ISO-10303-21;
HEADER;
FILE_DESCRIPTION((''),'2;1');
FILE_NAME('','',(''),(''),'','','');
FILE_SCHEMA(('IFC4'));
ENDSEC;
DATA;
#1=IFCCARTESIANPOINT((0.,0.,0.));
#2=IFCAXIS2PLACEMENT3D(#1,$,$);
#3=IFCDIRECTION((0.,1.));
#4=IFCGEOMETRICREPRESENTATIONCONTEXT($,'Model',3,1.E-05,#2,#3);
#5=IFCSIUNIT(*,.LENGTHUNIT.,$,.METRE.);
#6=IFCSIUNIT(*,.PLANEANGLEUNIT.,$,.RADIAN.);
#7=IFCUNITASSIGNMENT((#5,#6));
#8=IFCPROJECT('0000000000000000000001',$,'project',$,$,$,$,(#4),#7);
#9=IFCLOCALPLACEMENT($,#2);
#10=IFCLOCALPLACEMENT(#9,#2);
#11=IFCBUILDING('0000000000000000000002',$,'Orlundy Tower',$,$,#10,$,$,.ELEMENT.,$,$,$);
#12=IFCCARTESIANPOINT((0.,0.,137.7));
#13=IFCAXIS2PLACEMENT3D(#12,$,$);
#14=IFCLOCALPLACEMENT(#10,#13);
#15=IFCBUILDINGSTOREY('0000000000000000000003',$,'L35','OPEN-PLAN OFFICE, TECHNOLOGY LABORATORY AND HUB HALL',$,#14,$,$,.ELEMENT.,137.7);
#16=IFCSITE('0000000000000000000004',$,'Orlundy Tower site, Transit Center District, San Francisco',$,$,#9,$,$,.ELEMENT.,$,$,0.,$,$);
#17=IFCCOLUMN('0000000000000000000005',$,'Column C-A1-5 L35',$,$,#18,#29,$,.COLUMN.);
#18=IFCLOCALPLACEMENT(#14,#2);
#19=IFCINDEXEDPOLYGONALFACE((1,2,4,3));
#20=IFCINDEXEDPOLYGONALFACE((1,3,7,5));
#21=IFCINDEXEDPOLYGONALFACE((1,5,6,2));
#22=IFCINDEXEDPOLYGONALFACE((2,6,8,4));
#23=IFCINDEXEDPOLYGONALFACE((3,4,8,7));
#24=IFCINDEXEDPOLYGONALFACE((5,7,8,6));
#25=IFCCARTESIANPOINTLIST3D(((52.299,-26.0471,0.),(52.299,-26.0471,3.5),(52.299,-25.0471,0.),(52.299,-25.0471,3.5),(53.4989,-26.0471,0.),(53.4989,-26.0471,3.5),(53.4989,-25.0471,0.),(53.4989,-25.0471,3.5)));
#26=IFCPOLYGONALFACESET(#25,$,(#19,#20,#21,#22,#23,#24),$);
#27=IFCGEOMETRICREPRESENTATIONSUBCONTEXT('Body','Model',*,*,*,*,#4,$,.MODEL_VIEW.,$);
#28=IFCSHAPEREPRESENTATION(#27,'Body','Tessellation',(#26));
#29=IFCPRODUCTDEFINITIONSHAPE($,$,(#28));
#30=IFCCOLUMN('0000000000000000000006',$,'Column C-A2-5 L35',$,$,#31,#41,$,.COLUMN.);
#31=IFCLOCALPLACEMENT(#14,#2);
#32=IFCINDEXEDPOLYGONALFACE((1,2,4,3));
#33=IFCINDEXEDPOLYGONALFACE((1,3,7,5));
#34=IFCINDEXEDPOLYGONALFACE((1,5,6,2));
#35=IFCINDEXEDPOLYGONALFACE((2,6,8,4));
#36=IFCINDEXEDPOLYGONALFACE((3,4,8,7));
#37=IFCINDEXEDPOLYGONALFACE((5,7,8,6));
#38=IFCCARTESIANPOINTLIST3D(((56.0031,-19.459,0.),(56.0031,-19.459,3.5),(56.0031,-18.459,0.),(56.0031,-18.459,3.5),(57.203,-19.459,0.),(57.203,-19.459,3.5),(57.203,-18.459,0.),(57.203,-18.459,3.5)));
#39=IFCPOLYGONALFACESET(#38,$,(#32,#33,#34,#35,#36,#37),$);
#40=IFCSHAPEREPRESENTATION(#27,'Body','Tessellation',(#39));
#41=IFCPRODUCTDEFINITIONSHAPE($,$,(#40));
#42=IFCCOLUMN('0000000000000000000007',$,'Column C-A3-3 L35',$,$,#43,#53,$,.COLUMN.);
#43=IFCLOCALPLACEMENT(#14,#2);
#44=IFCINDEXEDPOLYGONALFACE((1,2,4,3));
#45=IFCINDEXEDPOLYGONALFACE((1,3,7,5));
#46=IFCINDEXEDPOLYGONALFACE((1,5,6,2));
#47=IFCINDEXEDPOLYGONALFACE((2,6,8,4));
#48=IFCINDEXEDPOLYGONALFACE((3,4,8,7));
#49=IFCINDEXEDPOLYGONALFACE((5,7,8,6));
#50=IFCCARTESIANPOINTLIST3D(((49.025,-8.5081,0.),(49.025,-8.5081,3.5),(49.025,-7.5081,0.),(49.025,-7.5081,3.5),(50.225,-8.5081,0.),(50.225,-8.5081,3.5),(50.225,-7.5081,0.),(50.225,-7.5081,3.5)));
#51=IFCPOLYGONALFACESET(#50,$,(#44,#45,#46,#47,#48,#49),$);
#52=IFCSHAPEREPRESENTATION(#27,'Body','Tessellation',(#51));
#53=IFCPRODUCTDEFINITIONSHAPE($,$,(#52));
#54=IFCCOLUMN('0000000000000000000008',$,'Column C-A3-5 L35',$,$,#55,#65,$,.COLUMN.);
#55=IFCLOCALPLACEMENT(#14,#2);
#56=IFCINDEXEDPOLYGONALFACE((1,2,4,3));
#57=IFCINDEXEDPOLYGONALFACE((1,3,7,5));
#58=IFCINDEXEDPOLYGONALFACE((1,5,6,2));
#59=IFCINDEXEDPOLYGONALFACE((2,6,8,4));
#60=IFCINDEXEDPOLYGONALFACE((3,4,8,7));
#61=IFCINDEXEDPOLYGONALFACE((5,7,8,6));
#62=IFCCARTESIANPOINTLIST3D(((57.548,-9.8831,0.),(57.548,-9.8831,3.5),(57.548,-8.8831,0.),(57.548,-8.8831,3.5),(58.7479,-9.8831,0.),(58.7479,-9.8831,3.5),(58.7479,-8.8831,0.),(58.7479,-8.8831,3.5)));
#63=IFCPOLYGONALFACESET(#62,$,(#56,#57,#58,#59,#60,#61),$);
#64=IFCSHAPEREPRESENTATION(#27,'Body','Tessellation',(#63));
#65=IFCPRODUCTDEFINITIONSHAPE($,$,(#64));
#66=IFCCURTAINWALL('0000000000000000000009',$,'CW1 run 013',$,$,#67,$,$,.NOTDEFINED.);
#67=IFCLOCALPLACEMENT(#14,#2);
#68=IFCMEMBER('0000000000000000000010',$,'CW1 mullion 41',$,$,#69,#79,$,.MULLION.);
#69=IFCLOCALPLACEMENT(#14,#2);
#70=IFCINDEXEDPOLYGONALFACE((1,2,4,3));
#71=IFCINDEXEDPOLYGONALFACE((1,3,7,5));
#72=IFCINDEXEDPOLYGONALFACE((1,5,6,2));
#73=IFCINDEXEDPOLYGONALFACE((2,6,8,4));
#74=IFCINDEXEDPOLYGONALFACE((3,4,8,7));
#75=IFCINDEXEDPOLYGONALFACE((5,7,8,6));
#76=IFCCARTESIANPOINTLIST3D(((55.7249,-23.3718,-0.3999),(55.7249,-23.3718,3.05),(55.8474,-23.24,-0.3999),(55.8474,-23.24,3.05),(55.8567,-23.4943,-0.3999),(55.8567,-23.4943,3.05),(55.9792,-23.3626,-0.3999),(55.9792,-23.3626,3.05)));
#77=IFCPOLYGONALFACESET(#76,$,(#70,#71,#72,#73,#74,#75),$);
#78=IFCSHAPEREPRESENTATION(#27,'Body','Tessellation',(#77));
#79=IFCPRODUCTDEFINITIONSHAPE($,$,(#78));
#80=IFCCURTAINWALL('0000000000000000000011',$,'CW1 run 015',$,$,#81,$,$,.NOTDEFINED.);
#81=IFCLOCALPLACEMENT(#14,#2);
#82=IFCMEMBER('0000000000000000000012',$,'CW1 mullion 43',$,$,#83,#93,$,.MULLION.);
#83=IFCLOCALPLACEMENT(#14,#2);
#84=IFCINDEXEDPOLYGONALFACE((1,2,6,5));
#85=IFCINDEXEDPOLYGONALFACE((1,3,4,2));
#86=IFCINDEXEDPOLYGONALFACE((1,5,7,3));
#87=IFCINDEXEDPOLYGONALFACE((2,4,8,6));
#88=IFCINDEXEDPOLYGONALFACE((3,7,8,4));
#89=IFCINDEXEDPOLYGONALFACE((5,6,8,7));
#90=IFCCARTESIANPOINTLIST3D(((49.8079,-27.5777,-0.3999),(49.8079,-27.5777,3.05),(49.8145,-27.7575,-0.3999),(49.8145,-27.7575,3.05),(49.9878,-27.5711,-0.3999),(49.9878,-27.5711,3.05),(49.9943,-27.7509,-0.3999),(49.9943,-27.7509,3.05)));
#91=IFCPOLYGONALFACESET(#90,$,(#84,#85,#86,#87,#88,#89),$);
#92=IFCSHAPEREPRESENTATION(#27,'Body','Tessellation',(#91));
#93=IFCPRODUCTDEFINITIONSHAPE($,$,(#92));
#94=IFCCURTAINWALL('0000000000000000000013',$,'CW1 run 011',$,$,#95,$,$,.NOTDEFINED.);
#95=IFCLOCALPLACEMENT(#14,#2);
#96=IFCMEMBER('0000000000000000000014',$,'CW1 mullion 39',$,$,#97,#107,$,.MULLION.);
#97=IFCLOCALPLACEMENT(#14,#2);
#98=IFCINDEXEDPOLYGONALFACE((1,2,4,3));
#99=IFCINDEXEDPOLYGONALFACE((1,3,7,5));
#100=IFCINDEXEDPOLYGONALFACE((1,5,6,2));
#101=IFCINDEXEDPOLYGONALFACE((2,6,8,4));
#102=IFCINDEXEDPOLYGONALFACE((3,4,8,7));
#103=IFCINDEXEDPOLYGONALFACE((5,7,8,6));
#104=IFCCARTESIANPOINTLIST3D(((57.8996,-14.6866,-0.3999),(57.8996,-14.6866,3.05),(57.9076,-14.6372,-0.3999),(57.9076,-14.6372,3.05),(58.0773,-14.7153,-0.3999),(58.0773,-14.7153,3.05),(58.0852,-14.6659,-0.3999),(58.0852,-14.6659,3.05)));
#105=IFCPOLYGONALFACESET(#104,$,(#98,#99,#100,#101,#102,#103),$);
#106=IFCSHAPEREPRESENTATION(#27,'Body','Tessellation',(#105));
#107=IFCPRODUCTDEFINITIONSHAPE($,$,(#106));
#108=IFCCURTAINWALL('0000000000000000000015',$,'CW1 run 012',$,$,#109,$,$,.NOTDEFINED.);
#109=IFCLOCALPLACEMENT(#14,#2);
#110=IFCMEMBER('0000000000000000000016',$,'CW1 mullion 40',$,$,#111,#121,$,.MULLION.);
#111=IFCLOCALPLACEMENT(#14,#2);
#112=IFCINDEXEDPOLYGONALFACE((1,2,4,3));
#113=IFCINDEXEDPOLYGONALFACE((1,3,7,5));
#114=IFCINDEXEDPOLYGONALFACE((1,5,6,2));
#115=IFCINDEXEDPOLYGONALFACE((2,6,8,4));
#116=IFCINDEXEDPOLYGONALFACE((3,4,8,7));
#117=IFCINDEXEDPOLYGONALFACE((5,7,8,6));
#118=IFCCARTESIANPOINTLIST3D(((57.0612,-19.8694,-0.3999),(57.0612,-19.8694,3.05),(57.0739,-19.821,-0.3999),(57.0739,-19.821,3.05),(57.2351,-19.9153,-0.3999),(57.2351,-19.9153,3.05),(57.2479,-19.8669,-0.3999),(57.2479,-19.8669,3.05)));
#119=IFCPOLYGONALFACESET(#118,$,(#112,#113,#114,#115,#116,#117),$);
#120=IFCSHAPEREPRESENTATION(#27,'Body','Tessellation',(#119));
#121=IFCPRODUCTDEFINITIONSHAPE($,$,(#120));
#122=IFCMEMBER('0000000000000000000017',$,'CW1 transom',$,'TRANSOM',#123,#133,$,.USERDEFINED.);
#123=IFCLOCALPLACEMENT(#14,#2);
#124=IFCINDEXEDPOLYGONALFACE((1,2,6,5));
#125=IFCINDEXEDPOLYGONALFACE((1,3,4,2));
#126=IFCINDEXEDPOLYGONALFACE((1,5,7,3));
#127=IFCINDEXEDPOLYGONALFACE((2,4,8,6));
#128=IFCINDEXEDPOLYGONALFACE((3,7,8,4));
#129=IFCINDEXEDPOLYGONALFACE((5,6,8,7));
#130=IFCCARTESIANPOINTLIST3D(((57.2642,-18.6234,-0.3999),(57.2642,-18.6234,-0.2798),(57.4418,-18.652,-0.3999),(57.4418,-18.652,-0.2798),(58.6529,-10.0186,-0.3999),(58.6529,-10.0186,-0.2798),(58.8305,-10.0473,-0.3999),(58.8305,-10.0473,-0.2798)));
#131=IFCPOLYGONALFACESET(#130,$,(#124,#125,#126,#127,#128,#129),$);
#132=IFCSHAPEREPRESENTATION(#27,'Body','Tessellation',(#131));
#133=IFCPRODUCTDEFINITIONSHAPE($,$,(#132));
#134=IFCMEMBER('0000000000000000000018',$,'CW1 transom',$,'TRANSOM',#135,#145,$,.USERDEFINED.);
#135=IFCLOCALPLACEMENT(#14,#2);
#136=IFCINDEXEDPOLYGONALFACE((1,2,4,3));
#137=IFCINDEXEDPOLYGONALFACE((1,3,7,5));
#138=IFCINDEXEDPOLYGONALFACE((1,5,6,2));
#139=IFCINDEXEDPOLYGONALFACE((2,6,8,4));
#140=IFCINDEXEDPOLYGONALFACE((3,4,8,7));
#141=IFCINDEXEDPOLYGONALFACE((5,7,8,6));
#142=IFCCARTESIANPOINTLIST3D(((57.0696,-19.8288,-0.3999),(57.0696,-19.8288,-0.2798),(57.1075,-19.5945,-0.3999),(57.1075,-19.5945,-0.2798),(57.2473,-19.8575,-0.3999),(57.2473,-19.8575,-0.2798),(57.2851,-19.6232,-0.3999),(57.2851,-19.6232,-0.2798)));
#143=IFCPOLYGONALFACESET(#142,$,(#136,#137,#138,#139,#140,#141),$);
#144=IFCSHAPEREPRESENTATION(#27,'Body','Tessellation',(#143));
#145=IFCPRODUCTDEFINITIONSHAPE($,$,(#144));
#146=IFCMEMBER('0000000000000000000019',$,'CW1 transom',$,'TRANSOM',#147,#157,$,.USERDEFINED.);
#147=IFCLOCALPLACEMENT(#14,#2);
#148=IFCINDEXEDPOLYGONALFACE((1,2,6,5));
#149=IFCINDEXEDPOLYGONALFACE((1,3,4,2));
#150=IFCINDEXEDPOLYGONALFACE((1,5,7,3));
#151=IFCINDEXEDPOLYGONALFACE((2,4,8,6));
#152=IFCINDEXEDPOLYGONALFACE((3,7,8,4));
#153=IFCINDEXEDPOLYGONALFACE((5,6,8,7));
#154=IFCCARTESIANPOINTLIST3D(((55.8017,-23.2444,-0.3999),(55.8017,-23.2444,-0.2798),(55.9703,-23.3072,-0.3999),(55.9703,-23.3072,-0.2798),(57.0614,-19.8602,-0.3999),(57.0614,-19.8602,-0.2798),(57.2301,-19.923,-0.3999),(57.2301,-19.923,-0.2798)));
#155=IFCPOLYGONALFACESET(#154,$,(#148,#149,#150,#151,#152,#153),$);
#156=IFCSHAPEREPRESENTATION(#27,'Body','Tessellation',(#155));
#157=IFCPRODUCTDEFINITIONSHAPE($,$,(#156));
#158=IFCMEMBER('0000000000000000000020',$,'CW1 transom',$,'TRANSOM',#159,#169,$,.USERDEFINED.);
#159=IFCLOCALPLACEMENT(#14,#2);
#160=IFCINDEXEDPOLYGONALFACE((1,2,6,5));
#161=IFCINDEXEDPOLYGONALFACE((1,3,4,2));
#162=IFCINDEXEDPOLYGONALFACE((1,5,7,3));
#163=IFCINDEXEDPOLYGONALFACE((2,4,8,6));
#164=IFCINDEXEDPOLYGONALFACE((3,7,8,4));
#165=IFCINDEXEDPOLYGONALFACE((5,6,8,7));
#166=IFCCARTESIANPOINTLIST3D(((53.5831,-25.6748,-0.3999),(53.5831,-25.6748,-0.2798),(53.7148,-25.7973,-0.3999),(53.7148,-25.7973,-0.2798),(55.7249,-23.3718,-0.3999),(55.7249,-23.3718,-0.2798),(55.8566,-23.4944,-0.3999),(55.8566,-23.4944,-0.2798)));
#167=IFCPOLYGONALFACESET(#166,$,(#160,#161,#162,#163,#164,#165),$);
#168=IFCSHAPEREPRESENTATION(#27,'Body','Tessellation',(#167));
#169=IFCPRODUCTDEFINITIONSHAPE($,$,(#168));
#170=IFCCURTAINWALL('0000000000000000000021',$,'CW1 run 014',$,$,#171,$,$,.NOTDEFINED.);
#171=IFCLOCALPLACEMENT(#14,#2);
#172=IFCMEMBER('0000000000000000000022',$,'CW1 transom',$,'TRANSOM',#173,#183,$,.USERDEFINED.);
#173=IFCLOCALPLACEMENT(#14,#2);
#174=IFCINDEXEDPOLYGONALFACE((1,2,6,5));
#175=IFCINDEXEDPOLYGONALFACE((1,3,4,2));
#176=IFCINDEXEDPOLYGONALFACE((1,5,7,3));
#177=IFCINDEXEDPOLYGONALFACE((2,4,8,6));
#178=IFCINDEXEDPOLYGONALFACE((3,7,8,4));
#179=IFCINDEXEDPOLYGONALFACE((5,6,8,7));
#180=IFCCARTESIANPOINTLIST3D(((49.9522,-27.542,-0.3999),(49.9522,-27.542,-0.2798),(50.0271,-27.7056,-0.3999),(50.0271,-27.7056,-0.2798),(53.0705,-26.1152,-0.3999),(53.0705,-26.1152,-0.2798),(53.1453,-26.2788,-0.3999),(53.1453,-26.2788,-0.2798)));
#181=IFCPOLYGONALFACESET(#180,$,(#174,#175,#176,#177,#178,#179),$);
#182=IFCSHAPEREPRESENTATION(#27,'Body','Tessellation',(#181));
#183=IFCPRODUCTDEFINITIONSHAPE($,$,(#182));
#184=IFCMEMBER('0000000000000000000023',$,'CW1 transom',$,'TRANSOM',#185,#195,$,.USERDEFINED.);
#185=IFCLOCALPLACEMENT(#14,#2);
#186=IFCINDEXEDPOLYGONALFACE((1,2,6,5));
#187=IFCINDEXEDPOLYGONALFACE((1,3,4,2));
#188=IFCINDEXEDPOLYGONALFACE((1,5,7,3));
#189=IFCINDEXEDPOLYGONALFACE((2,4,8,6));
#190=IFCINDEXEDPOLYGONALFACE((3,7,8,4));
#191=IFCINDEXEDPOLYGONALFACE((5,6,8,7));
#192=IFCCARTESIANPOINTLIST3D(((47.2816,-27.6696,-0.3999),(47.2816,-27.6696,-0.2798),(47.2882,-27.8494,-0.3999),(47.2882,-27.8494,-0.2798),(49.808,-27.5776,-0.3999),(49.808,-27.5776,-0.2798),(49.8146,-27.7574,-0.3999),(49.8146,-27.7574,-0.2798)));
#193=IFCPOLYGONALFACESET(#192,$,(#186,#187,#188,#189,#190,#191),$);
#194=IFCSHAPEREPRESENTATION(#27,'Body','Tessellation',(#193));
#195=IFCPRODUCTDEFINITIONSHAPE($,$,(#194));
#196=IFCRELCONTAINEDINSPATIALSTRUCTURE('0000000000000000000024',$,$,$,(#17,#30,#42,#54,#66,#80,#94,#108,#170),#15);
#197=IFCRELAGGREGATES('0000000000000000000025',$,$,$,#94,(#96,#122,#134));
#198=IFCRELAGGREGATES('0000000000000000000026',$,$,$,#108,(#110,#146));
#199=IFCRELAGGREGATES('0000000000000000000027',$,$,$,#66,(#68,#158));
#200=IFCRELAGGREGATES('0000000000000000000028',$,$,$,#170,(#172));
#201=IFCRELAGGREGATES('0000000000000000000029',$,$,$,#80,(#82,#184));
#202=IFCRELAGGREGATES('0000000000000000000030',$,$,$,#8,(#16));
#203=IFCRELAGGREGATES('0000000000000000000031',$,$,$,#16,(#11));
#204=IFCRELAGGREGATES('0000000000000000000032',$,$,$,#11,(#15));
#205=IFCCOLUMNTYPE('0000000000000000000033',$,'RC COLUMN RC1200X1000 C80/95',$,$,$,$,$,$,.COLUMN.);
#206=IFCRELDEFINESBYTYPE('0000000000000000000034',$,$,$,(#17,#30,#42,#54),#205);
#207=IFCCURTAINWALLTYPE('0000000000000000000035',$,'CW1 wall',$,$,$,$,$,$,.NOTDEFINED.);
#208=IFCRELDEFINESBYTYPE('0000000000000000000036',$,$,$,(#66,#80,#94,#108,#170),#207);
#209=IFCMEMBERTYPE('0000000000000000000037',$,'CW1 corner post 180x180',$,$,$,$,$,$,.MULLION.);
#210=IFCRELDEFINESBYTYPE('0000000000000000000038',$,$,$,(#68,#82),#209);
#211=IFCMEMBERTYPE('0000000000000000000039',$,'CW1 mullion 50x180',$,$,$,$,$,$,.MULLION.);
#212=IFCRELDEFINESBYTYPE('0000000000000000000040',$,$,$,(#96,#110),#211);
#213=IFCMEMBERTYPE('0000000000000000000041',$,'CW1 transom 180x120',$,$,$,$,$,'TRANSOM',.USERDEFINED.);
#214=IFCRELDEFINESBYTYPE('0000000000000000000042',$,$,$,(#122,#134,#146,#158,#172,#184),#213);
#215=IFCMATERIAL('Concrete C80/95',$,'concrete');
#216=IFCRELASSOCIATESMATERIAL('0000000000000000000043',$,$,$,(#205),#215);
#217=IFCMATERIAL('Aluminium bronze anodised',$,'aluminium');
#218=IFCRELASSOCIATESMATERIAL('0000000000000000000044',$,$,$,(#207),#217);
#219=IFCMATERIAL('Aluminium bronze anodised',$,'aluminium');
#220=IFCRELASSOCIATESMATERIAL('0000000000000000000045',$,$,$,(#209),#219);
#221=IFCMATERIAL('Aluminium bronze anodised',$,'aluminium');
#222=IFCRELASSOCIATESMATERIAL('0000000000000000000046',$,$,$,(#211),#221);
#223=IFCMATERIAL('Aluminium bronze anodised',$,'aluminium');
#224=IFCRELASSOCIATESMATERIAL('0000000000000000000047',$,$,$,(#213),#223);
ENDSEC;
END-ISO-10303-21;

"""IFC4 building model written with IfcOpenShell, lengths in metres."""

from ifc_helpers import new_model, si_unit, direction, frame, origin, origin_2d, place, context, subcontext, project, spatial, rectangle, extrude, material, material_profile, profile_set, type_object, element, aggregate, save


model = new_model("IFC4")

# Units and contexts
model_context = context("Model", 3, precision=1e-05, world=origin(), true_north=direction((0.0, 1.0)))
body_context = subcontext(model_context, "Body", "Model", "MODEL_VIEW")
ifc_project = project(units=[si_unit("LENGTHUNIT", "METRE"), si_unit("PLANEANGLEUNIT", "RADIAN")], contexts=[model_context])

# Site, building, storey
site_placement = place(None, origin())
site = spatial("IfcSite", under=ifc_project, at=site_placement, Name="Orlundy Tower site, Transit Center District, San Francisco", CompositionType="ELEMENT", RefElevation=0.0)
building_placement = place(site_placement, origin())
building = spatial("IfcBuilding", under=site, at=building_placement, Name="Orlundy Tower", CompositionType="ELEMENT")
storey_placement = place(building_placement, frame((0.0, 0.0, 137.7)))
storey = spatial("IfcBuildingStorey", under=building, at=storey_placement, Name="L35", Description="OPEN-PLAN OFFICE, TECHNOLOGY LABORATORY AND HUB HALL", CompositionType="ELEMENT", Elevation=137.7)

# Columns
ifc_material_1 = material(Name="Concrete C80/95", Category="concrete")
ifc_material_profile_1 = material_profile(ifc_material_1, rectangle(XDim=1.2, YDim=1.0, at=origin_2d()), Name="RC1200X1000")
ifc_profile_set_1 = profile_set([ifc_material_profile_1], Name="Concrete C80/95")
column_type = type_object("IfcColumnType", Name="RC COLUMN RC1200X1000 C80/95", PredefinedType="COLUMN", material=ifc_profile_set_1)
for number, where, z_axis, x_axis, name in (
    (1, (52.8989, -25.5471, 0.0), (0.0, 0.0, 1.0), (1.0, 0.0, 0.0), "Column C-A1-5 L35"),
    (2, (56.603, -18.959, 0.0), (0.0, 0.0, 1.0), (1.0, 0.0, 0.0), "Column C-A2-5 L35"),
    (3, (49.625, -8.0081, 0.0), (0.0, 0.0, 1.0), (1.0, 0.0, 0.0), "Column C-A3-3 L35"),
    (4, (58.1479, -9.3831, 0.0), (0.0, 0.0, 1.0), (1.0, 0.0, 0.0), "Column C-A3-5 L35"),
):
    element("IfcColumn", number, at=place(storey_placement, frame(where, z_axis=z_axis, x_axis=x_axis)), inside=storey, type_object=column_type, Name=name, PredefinedType="COLUMN", context=body_context, shape_type="SweptSolid", body=[
        extrude(rectangle(XDim=1.2, YDim=1.0, at=origin_2d()), origin(), (0.0, 0.0, 1.0), 3.5),
    ])

# Curtain walls, members
ifc_material_2 = material(Name="Aluminium bronze anodised", Category="aluminium")
curtain_wall_type = type_object("IfcCurtainWallType", Name="CW1 wall", PredefinedType="NOTDEFINED", material=ifc_material_2)
curtain_wall_1_placement = place(storey_placement, origin())
curtain_wall_1 = element("IfcCurtainWall", 5, at=curtain_wall_1_placement, inside=storey, type_object=curtain_wall_type, Name="CW1 run 013", PredefinedType="NOTDEFINED")
ifc_material_3 = material(Name="Aluminium bronze anodised", Category="aluminium")
ifc_material_profile_2 = material_profile(ifc_material_3, rectangle(XDim=0.1799, YDim=0.1799, at=origin_2d()), Name="CW1 corner post 180x180")
ifc_profile_set_2 = profile_set([ifc_material_profile_2], Name="Aluminium bronze anodised")
member_type_1 = type_object("IfcMemberType", Name="CW1 corner post 180x180", PredefinedType="MULLION", material=ifc_profile_set_2)
member_1_placement = place(storey_placement, frame((55.8521, -23.3672, -0.3999), z_axis=(0.0, 0.0, 1.0), x_axis=(0.732274, -0.68101, 0.0)))
member_1 = element("IfcMember", 6, at=member_1_placement, type_object=member_type_1, Name="CW1 mullion 41", PredefinedType="MULLION", context=body_context, shape_type="SweptSolid", body=[
    extrude(rectangle(XDim=0.1799, YDim=0.1799, at=origin_2d()), origin(), (0.0, 0.0, 1.0), 3.45),
])
curtain_wall_2_placement = place(storey_placement, origin())
curtain_wall_2 = element("IfcCurtainWall", 7, at=curtain_wall_2_placement, inside=storey, type_object=curtain_wall_type, Name="CW1 run 015", PredefinedType="NOTDEFINED")
member_2_placement = place(storey_placement, frame((49.9011, -27.6643, -0.3999), z_axis=(0.0, 0.0, 1.0), x_axis=(0.036413, -0.999337, 0.0)))
member_2 = element("IfcMember", 8, at=member_2_placement, type_object=member_type_1, Name="CW1 mullion 43", PredefinedType="MULLION", context=body_context, shape_type="SweptSolid", body=[
    extrude(rectangle(XDim=0.1799, YDim=0.1799, at=origin_2d()), origin(), (0.0, 0.0, 1.0), 3.45),
])
curtain_wall_3_placement = place(storey_placement, origin())
curtain_wall_3 = element("IfcCurtainWall", 9, at=curtain_wall_3_placement, inside=storey, type_object=curtain_wall_type, Name="CW1 run 011", PredefinedType="NOTDEFINED")
ifc_material_4 = material(Name="Aluminium bronze anodised", Category="aluminium")
ifc_material_profile_3 = material_profile(ifc_material_4, rectangle(XDim=0.1799, YDim=0.05, at=origin_2d()), Name="CW1 mullion 50x180")
ifc_profile_set_3 = profile_set([ifc_material_profile_3], Name="Aluminium bronze anodised")
member_type_2 = type_object("IfcMemberType", Name="CW1 mullion 50x180", PredefinedType="MULLION", material=ifc_profile_set_3)
member_3_placement = place(storey_placement, frame((57.9924, -14.6763, -0.3999), z_axis=(0.0, 0.0, 1.0), x_axis=(0.987225, -0.159331, 0.0)))
member_3 = element("IfcMember", 10, at=member_3_placement, type_object=member_type_2, Name="CW1 mullion 39", PredefinedType="MULLION", context=body_context, shape_type="SweptSolid", body=[
    extrude(rectangle(XDim=0.1799, YDim=0.05, at=origin_2d()), origin(), (0.0, 0.0, 1.0), 3.45),
])
curtain_wall_4_placement = place(storey_placement, origin())
curtain_wall_4 = element("IfcCurtainWall", 11, at=curtain_wall_4_placement, inside=storey, type_object=curtain_wall_type, Name="CW1 run 012", PredefinedType="NOTDEFINED")
member_4_placement = place(storey_placement, frame((57.1545, -19.8682, -0.3999), z_axis=(0.0, 0.0, 1.0), x_axis=(0.966861, -0.255302, 0.0)))
member_4 = element("IfcMember", 12, at=member_4_placement, type_object=member_type_2, Name="CW1 mullion 40", PredefinedType="MULLION", context=body_context, shape_type="SweptSolid", body=[
    extrude(rectangle(XDim=0.1799, YDim=0.05, at=origin_2d()), origin(), (0.0, 0.0, 1.0), 3.45),
])

# Members
ifc_material_5 = material(Name="Aluminium bronze anodised", Category="aluminium")
ifc_material_profile_4 = material_profile(ifc_material_5, rectangle(XDim=0.1799, YDim=0.1201, at=origin_2d()), Name="CW1 transom 180x120")
ifc_profile_set_4 = profile_set([ifc_material_profile_4], Name="Aluminium bronze anodised")
member_type_3 = type_object("IfcMemberType", Name="CW1 transom 180x120", ElementType="TRANSOM", PredefinedType="USERDEFINED", material=ifc_profile_set_4)
member_5_placement = place(storey_placement, frame((58.7417, -10.033, -0.3398), z_axis=(-0.159323, -0.987226, 0.0), x_axis=(0.987226, -0.159323, 0.0)))
member_5 = element("IfcMember", 13, at=member_5_placement, type_object=member_type_3, Name="CW1 transom", ObjectType="TRANSOM", PredefinedType="USERDEFINED", context=body_context, shape_type="SweptSolid", body=[
    extrude(rectangle(XDim=0.1799, YDim=0.1201, at=origin_2d()), origin(), (0.0, 0.0, 1.0), 8.7161),
])
member_6_placement = place(storey_placement, frame((57.1963, -19.6089, -0.3398), z_axis=(-0.159394, -0.987215, 0.0), x_axis=(0.987215, -0.159394, 0.0)))
member_6 = element("IfcMember", 14, at=member_6_placement, type_object=member_type_3, Name="CW1 transom", ObjectType="TRANSOM", PredefinedType="USERDEFINED", context=body_context, shape_type="SweptSolid", body=[
    extrude(rectangle(XDim=0.1799, YDim=0.1201, at=origin_2d()), origin(), (0.0, 0.0, 1.0), 0.2373),
])
member_7_placement = place(storey_placement, frame((57.1458, -19.8916, -0.3398), z_axis=(-0.348855, -0.937177, 0.0), x_axis=(0.937177, -0.348855, 0.0)))
member_7 = element("IfcMember", 15, at=member_7_placement, type_object=member_type_3, Name="CW1 transom", ObjectType="TRANSOM", PredefinedType="USERDEFINED", context=body_context, shape_type="SweptSolid", body=[
    extrude(rectangle(XDim=0.1799, YDim=0.1201, at=origin_2d()), origin(), (0.0, 0.0, 1.0), 3.6111),
])
member_8_placement = place(storey_placement, frame((55.7908, -23.4331, -0.3398), z_axis=(-0.681026, -0.73226, 0.0), x_axis=(0.73226, -0.681026, 0.0)))
member_8 = element("IfcMember", 16, at=member_8_placement, type_object=member_type_3, Name="CW1 transom", ObjectType="TRANSOM", PredefinedType="USERDEFINED", context=body_context, shape_type="SweptSolid", body=[
    extrude(rectangle(XDim=0.1799, YDim=0.1201, at=origin_2d()), origin(), (0.0, 0.0, 1.0), 3.145),
])

# Curtain wall, member
curtain_wall_5_placement = place(storey_placement, origin())
curtain_wall_5 = element("IfcCurtainWall", 17, at=curtain_wall_5_placement, inside=storey, type_object=curtain_wall_type, Name="CW1 run 014", PredefinedType="NOTDEFINED")
member_9_placement = place(storey_placement, frame((53.1079, -26.197, -0.3398), z_axis=(-0.90933, -0.416076, 0.0), x_axis=(0.416076, -0.90933, 0.0)))
member_9 = element("IfcMember", 18, at=member_9_placement, type_object=member_type_3, Name="CW1 transom", ObjectType="TRANSOM", PredefinedType="USERDEFINED", context=body_context, shape_type="SweptSolid", body=[
    extrude(rectangle(XDim=0.1799, YDim=0.1201, at=origin_2d()), origin(), (0.0, 0.0, 1.0), 3.4292),
])

# Member
member_10_placement = place(storey_placement, frame((49.8113, -27.6675, -0.3398), z_axis=(-0.999337, -0.036408, 0.0), x_axis=(0.036408, -0.999337, 0.0)))
member_10 = element("IfcMember", 19, at=member_10_placement, type_object=member_type_3, Name="CW1 transom", ObjectType="TRANSOM", PredefinedType="USERDEFINED", context=body_context, shape_type="SweptSolid", body=[
    extrude(rectangle(XDim=0.1799, YDim=0.1201, at=origin_2d()), origin(), (0.0, 0.0, 1.0), 2.5281),
])

aggregate(curtain_wall_3, [member_3, member_5, member_6])
aggregate(curtain_wall_4, [member_4, member_7])
aggregate(curtain_wall_1, [member_1, member_8])
aggregate(curtain_wall_5, [member_9])
aggregate(curtain_wall_2, [member_2, member_10])

save(model, "model.ifc")
